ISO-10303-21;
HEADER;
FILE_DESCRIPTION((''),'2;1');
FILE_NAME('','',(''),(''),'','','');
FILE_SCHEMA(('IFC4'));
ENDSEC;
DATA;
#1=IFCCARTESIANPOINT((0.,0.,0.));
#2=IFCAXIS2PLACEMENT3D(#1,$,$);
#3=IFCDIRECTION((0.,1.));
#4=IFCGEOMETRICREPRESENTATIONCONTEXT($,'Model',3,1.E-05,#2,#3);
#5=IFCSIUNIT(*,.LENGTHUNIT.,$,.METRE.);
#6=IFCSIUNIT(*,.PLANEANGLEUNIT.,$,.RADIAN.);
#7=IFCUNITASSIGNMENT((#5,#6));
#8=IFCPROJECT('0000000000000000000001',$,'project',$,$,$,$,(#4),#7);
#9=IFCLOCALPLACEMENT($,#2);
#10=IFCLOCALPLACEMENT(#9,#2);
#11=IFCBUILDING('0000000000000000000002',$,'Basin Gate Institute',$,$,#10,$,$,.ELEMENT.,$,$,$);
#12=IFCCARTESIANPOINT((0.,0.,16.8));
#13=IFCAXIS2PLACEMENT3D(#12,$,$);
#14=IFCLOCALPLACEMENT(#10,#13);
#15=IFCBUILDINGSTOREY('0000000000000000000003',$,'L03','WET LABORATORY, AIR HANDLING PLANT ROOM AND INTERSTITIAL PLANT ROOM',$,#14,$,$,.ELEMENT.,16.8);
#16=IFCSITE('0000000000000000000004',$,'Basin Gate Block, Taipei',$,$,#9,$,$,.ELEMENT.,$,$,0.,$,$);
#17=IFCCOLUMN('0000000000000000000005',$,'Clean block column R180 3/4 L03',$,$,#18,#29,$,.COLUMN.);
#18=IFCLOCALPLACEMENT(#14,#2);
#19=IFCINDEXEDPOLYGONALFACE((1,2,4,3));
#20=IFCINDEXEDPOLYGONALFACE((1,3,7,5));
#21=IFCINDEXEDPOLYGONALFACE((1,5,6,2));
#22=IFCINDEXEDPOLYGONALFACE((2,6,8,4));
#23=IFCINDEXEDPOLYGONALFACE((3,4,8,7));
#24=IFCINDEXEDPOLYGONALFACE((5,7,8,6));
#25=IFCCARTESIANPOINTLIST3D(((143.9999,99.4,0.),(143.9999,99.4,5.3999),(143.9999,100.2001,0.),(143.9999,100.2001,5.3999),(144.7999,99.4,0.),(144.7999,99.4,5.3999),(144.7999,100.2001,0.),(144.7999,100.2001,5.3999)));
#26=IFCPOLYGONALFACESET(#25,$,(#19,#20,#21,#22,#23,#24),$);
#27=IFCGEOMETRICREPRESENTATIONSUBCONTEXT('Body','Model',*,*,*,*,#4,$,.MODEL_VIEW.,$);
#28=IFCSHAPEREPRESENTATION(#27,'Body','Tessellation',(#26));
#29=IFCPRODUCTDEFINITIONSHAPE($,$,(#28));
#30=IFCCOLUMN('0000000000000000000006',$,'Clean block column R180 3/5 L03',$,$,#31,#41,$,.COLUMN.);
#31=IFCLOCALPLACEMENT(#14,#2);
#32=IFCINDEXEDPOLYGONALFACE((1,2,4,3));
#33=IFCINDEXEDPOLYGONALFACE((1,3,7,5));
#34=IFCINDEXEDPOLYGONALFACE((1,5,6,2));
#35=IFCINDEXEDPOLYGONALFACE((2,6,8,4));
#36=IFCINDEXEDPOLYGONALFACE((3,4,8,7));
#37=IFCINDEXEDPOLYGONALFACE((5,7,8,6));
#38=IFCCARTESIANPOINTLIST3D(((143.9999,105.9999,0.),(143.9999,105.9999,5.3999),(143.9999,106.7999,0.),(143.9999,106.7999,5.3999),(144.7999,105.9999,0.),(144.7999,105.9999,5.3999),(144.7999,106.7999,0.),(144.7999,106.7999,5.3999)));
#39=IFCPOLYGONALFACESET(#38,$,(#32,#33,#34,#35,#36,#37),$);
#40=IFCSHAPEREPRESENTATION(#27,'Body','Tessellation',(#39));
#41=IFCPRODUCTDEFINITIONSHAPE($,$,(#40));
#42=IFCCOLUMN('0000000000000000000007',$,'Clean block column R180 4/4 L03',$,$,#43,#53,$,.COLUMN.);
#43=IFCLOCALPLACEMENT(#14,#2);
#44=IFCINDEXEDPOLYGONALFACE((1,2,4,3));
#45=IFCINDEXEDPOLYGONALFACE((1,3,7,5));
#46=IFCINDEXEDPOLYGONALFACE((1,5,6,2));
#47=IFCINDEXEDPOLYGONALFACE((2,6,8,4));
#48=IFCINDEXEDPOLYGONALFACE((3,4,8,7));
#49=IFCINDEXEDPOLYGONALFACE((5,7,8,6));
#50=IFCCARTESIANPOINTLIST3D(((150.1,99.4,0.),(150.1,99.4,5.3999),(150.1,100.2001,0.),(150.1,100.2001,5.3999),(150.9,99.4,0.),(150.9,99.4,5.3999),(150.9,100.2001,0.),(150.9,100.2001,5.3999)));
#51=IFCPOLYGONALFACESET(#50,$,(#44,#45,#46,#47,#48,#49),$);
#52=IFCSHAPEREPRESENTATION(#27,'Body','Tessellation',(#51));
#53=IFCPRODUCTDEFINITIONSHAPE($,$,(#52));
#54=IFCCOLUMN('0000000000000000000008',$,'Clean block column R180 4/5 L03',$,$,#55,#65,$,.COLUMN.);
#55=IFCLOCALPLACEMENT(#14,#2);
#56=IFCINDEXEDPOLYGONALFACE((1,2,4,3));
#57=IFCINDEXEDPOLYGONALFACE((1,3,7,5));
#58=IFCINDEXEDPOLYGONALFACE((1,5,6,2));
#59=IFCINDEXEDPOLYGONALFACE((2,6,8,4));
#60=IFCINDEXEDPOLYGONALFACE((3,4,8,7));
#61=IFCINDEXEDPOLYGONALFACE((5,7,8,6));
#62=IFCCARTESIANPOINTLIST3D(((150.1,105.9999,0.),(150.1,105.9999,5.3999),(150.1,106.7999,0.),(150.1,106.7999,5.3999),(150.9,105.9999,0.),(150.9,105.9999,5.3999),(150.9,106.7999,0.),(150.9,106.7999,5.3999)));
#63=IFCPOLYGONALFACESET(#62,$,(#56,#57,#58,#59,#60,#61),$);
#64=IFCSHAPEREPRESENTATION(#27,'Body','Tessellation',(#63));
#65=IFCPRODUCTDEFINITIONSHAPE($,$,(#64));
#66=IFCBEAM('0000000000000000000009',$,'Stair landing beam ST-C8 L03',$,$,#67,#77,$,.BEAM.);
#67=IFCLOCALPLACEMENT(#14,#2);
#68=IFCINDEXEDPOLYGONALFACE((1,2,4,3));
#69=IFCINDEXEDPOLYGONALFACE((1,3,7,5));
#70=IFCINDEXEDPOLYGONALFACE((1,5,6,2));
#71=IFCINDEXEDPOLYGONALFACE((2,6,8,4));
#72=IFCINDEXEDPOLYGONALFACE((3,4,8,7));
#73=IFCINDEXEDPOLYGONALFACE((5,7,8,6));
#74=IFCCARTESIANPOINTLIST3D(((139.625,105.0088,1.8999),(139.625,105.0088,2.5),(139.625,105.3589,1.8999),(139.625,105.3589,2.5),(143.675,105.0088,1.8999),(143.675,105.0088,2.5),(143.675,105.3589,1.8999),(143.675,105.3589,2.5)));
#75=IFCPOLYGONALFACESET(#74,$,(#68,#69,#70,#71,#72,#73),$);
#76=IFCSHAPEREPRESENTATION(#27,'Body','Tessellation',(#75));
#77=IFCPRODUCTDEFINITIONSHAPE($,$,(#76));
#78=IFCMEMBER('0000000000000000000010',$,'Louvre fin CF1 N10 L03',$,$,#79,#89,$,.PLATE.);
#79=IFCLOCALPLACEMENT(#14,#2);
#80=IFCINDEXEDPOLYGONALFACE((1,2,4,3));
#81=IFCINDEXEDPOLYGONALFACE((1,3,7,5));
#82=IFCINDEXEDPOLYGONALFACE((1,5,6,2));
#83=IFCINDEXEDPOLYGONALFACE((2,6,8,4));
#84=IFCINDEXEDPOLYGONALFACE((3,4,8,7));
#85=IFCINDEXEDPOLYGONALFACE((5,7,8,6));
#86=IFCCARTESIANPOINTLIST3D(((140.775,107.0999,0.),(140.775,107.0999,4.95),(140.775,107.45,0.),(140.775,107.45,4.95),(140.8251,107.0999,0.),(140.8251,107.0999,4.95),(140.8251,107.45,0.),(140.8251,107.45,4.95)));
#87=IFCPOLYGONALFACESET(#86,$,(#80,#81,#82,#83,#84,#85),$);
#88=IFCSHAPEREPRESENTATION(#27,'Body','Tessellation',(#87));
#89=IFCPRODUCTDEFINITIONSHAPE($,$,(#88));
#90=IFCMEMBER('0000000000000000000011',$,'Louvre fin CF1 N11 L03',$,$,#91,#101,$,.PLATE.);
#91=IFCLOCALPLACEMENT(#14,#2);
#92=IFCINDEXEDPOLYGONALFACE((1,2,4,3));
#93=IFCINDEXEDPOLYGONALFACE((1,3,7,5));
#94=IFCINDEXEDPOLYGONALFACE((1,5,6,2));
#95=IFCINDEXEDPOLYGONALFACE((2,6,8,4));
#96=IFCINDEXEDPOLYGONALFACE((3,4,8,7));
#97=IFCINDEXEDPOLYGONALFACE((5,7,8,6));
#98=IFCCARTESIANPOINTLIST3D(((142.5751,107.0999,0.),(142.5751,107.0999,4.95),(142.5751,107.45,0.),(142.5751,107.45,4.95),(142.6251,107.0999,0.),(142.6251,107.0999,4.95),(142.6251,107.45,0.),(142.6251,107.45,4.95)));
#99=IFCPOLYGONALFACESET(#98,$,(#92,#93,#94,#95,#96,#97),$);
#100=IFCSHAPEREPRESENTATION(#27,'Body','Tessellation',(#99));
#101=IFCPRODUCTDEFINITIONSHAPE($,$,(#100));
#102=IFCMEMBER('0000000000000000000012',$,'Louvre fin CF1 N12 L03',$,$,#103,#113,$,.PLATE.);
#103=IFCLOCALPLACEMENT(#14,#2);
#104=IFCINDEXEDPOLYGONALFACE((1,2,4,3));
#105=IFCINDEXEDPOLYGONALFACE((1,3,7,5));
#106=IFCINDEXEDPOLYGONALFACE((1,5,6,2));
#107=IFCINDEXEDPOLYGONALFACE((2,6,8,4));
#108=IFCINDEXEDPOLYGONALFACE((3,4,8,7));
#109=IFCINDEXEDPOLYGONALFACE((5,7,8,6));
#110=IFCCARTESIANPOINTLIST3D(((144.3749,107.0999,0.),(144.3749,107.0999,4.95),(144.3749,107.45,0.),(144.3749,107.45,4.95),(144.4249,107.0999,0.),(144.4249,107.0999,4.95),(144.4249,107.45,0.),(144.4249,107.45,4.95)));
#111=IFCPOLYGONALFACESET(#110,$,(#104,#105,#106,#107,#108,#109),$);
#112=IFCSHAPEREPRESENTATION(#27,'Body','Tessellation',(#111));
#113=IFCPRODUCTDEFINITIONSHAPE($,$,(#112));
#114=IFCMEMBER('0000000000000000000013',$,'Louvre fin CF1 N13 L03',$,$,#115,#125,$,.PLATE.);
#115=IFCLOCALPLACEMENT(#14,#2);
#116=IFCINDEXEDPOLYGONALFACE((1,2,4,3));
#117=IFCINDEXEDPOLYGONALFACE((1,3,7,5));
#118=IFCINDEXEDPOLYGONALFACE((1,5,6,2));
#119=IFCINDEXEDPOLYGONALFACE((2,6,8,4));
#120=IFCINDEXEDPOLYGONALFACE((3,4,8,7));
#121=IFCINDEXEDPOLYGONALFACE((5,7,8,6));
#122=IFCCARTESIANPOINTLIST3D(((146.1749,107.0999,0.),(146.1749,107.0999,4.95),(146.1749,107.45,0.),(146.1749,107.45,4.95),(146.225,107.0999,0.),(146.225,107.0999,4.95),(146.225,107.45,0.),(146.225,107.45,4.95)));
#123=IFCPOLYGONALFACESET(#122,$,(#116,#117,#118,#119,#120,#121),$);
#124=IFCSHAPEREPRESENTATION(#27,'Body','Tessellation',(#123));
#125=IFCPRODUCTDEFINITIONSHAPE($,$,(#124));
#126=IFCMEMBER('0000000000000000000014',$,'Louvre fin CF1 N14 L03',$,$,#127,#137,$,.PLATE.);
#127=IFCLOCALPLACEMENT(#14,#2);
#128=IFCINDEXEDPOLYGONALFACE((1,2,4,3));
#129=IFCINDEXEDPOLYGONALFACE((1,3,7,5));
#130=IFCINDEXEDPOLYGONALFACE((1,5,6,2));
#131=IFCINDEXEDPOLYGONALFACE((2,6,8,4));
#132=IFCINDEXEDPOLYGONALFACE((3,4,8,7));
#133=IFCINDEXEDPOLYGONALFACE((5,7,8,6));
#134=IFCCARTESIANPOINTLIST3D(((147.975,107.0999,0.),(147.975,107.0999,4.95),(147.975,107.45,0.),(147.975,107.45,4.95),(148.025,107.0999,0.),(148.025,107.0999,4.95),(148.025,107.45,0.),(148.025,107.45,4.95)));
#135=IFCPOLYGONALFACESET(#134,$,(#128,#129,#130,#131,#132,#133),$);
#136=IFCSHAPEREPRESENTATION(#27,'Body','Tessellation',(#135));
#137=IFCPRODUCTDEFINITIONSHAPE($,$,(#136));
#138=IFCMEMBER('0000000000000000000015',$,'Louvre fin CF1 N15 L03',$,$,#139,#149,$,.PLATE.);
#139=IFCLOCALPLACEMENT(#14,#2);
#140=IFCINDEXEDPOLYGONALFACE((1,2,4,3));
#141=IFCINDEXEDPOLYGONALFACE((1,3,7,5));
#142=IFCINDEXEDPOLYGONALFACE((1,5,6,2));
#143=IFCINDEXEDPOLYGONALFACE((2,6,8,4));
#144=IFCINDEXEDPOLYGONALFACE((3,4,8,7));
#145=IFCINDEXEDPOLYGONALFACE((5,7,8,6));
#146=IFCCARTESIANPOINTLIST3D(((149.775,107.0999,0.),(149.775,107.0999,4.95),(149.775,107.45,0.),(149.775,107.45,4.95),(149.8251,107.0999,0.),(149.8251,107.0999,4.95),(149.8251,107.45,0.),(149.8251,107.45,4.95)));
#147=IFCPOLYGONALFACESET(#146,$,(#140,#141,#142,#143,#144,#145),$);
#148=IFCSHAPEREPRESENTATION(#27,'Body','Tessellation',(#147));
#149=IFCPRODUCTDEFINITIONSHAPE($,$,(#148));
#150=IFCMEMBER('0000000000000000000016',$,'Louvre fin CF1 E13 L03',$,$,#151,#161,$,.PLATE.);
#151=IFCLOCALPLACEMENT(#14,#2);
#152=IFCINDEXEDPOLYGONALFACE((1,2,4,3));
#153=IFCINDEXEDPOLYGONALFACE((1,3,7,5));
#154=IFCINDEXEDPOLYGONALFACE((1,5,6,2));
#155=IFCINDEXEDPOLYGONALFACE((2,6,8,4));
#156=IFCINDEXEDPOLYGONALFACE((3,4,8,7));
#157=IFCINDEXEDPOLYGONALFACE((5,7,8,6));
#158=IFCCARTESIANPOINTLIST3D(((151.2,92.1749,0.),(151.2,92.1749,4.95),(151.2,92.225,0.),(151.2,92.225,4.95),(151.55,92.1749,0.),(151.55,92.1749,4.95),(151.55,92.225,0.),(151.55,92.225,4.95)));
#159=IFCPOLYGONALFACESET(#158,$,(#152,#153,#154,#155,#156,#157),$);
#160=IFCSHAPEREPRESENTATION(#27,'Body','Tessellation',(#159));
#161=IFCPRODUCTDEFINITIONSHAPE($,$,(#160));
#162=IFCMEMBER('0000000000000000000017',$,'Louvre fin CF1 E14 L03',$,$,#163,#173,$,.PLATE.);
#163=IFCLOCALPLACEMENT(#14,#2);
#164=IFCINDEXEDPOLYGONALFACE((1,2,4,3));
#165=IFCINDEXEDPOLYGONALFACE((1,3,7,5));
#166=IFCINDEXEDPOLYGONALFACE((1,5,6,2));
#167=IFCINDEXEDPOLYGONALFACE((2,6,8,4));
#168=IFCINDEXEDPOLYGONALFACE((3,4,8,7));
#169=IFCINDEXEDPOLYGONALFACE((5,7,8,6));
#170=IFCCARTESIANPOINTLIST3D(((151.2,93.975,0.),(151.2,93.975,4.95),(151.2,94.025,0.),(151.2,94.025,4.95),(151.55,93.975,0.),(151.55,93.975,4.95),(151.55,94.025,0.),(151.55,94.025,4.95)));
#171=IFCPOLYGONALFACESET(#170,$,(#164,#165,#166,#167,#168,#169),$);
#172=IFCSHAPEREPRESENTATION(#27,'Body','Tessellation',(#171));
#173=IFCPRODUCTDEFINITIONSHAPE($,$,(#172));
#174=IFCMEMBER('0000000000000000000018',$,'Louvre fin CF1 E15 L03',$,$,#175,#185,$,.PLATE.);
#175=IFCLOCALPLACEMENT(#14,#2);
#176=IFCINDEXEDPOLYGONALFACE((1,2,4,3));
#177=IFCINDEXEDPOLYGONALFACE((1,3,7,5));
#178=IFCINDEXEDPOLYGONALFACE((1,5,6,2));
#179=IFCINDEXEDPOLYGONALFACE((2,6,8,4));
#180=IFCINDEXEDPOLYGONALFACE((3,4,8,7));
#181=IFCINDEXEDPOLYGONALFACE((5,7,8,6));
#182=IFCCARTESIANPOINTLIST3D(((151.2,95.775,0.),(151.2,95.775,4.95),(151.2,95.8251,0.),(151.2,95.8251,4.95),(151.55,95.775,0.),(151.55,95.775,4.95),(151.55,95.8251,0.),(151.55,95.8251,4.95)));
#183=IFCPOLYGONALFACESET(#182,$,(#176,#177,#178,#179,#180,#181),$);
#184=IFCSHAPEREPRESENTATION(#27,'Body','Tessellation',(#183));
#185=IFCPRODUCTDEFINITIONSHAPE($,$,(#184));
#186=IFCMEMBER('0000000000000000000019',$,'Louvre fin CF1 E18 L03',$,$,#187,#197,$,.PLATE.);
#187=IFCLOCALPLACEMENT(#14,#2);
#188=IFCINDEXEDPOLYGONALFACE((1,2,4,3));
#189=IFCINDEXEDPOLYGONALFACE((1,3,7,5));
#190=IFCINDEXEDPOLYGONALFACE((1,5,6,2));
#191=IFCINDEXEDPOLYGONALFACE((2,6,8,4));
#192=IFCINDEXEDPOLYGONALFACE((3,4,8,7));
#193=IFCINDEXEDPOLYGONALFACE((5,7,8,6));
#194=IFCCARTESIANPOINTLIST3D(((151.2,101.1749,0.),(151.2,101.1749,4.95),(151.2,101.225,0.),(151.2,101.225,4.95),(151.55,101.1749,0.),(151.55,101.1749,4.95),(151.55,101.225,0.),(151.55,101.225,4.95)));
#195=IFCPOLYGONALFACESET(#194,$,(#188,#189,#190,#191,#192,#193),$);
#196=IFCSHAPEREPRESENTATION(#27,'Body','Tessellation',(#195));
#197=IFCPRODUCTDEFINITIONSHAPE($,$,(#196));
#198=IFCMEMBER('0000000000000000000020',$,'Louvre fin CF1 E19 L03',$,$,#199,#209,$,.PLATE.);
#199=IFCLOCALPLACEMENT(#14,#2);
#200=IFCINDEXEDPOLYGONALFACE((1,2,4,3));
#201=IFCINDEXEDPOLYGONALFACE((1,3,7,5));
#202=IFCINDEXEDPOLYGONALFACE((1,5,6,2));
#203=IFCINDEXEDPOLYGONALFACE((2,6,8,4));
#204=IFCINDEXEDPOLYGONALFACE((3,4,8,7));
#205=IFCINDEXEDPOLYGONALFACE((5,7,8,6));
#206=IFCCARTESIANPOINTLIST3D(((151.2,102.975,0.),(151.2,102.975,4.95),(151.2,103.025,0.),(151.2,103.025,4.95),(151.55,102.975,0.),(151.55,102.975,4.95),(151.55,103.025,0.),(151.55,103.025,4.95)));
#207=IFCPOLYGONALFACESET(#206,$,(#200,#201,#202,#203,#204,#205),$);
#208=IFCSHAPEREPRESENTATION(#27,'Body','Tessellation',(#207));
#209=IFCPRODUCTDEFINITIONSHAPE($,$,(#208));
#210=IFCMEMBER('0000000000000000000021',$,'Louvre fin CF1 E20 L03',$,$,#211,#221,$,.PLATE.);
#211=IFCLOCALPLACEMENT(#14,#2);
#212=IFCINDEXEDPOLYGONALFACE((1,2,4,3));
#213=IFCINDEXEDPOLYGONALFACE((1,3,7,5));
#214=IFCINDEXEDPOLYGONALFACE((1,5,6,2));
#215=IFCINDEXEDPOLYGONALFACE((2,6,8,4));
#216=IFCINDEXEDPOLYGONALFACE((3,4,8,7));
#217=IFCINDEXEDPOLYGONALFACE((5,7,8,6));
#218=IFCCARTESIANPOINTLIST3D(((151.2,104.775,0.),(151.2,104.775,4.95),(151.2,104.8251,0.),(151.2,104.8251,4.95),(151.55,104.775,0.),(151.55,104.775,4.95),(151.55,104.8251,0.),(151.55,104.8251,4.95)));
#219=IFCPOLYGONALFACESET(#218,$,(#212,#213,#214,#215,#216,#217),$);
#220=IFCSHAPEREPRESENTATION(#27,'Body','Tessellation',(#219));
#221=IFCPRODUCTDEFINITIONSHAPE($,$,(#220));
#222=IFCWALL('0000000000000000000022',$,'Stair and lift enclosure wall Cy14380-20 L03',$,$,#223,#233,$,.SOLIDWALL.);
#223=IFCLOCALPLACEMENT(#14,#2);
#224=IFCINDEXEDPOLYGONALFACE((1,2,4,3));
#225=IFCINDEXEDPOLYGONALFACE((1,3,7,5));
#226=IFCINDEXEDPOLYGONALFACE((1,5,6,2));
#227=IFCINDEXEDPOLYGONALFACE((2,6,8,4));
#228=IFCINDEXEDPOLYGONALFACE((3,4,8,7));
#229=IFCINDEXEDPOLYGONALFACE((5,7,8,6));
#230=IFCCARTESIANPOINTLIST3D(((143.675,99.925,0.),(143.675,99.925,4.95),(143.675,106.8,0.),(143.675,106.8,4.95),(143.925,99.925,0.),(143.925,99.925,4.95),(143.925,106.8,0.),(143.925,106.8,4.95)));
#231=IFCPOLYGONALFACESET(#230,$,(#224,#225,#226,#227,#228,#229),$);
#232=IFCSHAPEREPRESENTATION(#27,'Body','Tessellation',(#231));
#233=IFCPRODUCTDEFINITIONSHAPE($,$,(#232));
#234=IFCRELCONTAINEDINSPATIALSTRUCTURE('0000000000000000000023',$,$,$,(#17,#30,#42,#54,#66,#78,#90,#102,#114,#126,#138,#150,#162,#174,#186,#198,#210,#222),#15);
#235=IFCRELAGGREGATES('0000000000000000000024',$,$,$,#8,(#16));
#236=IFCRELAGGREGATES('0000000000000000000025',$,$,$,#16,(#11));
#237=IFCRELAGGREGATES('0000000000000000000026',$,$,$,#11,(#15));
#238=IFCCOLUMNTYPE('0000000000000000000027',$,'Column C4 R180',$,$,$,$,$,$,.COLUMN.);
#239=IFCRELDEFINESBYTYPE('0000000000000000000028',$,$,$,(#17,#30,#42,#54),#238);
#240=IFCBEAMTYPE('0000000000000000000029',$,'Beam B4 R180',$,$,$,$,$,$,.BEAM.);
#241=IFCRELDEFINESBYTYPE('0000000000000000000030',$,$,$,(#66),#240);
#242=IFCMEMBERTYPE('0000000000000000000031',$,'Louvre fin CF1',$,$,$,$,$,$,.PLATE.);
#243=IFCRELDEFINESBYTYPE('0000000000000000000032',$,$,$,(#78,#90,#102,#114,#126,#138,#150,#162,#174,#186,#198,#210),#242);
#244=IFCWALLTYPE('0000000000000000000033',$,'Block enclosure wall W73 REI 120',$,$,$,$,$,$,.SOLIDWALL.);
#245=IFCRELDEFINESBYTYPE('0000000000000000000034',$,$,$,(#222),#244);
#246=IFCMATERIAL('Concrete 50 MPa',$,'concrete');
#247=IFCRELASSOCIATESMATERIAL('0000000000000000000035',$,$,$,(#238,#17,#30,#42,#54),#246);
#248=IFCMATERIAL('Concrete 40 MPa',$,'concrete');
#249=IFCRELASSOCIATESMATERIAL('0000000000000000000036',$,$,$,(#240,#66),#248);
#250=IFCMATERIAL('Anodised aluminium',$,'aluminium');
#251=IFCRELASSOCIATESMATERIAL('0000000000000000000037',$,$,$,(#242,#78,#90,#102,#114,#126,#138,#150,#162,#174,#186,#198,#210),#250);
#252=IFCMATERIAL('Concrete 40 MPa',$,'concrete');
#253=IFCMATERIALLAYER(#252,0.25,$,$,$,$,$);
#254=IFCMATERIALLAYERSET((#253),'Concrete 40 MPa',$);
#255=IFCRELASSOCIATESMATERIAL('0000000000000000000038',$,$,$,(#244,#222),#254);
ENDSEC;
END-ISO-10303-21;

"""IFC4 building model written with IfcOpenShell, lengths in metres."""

from ifc_helpers import new_model, si_unit, direction, frame, frame_2d, origin, origin_2d, place, context, subcontext, project, spatial, rectangle, extrude, material, layer, layer_set, material_profile, profile_set, type_object, element, save


model = new_model("IFC4")

# Units and contexts
model_context = context("Model", 3, precision=1e-05, world=origin(), true_north=direction((0.0, 1.0)))
body_context = subcontext(model_context, "Body", "Model", "MODEL_VIEW")
ifc_project = project(units=[si_unit("LENGTHUNIT", "METRE"), si_unit("PLANEANGLEUNIT", "RADIAN")], contexts=[model_context])

# Site, building, storey
site_placement = place(None, origin())
site = spatial("IfcSite", under=ifc_project, at=site_placement, Name="Basin Gate Block, Taipei", CompositionType="ELEMENT", RefElevation=0.0)
building_placement = place(site_placement, origin())
building = spatial("IfcBuilding", under=site, at=building_placement, Name="Basin Gate Institute", CompositionType="ELEMENT")
storey_placement = place(building_placement, frame((0.0, 0.0, 16.8)))
storey = spatial("IfcBuildingStorey", under=building, at=storey_placement, Name="L03", Description="WET LABORATORY, AIR HANDLING PLANT ROOM AND INTERSTITIAL PLANT ROOM", CompositionType="ELEMENT", Elevation=16.8)

# Columns
ifc_material_1 = material(Name="Concrete 50 MPa", Category="concrete")
ifc_material_profile_1 = material_profile(ifc_material_1, rectangle(XDim=0.8, YDim=0.8, at=origin_2d()), Name="Column C4 800 x 800")
ifc_profile_set_1 = profile_set([ifc_material_profile_1], Name="Concrete 50 MPa")
column_type = type_object("IfcColumnType", Name="Column C4 R180", PredefinedType="COLUMN", material=ifc_profile_set_1)
for number, where, z_axis, x_axis, name in (
    (1, (144.3999, 99.8, 0.0), (0.0, 0.0, 1.0), (1.0, 0.0, 0.0), "Clean block column R180 3/4 L03"),
    (2, (144.3999, 106.3999, 0.0), (0.0, 0.0, 1.0), (1.0, 0.0, 0.0), "Clean block column R180 3/5 L03"),
    (3, (150.5, 99.8, 0.0), (0.0, 0.0, 1.0), (1.0, 0.0, 0.0), "Clean block column R180 4/4 L03"),
    (4, (150.5, 106.3999, 0.0), (0.0, 0.0, 1.0), (1.0, 0.0, 0.0), "Clean block column R180 4/5 L03"),
):
    element("IfcColumn", number, at=place(storey_placement, frame(where, z_axis=z_axis, x_axis=x_axis)), inside=storey, type_object=column_type, material=ifc_profile_set_1, Name=name, PredefinedType="COLUMN", context=body_context, shape_type="SweptSolid", body=[
        extrude(rectangle(XDim=0.8, YDim=0.8, at=origin_2d()), origin(), (0.0, 0.0, 1.0), 5.3999),
    ])

# Beam
ifc_material_2 = material(Name="Concrete 40 MPa", Category="concrete")
ifc_material_profile_2 = material_profile(ifc_material_2, rectangle(XDim=0.3501, YDim=0.6001, at=origin_2d()), Name="Beam B4 350 x 600")
ifc_profile_set_2 = profile_set([ifc_material_profile_2], Name="Concrete 40 MPa")
beam_type = type_object("IfcBeamType", Name="Beam B4 R180", PredefinedType="BEAM", material=ifc_profile_set_2)
beam_placement = place(storey_placement, frame((139.625, 105.1838, 2.2), z_axis=(1.0, 0.0, 0.0), x_axis=(0.0, 1.0, 0.0)))
element("IfcBeam", 5, at=beam_placement, inside=storey, type_object=beam_type, material=ifc_profile_set_2, Name="Stair landing beam ST-C8 L03", PredefinedType="BEAM", context=body_context, shape_type="SweptSolid", body=[
    extrude(rectangle(XDim=0.3501, YDim=0.6001, at=origin_2d()), origin(), (0.0, 0.0, 1.0), 4.05),
])

# Members
ifc_material_3 = material(Name="Anodised aluminium", Category="aluminium")
ifc_material_profile_3 = material_profile(ifc_material_3, rectangle(XDim=0.05, YDim=0.3501, at=origin_2d()), Name="Louvre fin CF1 50 x 350")
ifc_profile_set_3 = profile_set([ifc_material_profile_3], Name="Anodised aluminium")
member_type = type_object("IfcMemberType", Name="Louvre fin CF1", PredefinedType="PLATE", material=ifc_profile_set_3)
for number, where, z_axis, x_axis, name in (
    (6, (140.8, 107.2749, 0.0), (0.0, 0.0, 1.0), (1.0, 0.0, 0.0), "Louvre fin CF1 N10 L03"),
    (7, (142.6001, 107.2749, 0.0), (0.0, 0.0, 1.0), (1.0, 0.0, 0.0), "Louvre fin CF1 N11 L03"),
    (8, (144.3999, 107.2749, 0.0), (0.0, 0.0, 1.0), (1.0, 0.0, 0.0), "Louvre fin CF1 N12 L03"),
    (9, (146.2, 107.2749, 0.0), (0.0, 0.0, 1.0), (1.0, 0.0, 0.0), "Louvre fin CF1 N13 L03"),
    (10, (148.0, 107.2749, 0.0), (0.0, 0.0, 1.0), (1.0, 0.0, 0.0), "Louvre fin CF1 N14 L03"),
    (11, (149.8, 107.2749, 0.0), (0.0, 0.0, 1.0), (1.0, 0.0, 0.0), "Louvre fin CF1 N15 L03"),
    (12, (151.375, 92.2, 0.0), (0.0, 0.0, 1.0), (0.0, 1.0, 0.0), "Louvre fin CF1 E13 L03"),
    (13, (151.375, 94.0, 0.0), (0.0, 0.0, 1.0), (0.0, 1.0, 0.0), "Louvre fin CF1 E14 L03"),
    (14, (151.375, 95.8, 0.0), (0.0, 0.0, 1.0), (0.0, 1.0, 0.0), "Louvre fin CF1 E15 L03"),
    (15, (151.375, 101.2, 0.0), (0.0, 0.0, 1.0), (0.0, 1.0, 0.0), "Louvre fin CF1 E18 L03"),
    (16, (151.375, 103.0, 0.0), (0.0, 0.0, 1.0), (0.0, 1.0, 0.0), "Louvre fin CF1 E19 L03"),
    (17, (151.375, 104.8, 0.0), (0.0, 0.0, 1.0), (0.0, 1.0, 0.0), "Louvre fin CF1 E20 L03"),
):
    element("IfcMember", number, at=place(storey_placement, frame(where, z_axis=z_axis, x_axis=x_axis)), inside=storey, type_object=member_type, material=ifc_profile_set_3, Name=name, PredefinedType="PLATE", context=body_context, shape_type="SweptSolid", body=[
        extrude(rectangle(XDim=0.05, YDim=0.3501, at=origin_2d()), origin(), (0.0, 0.0, 1.0), 4.95),
    ])

# Wall
ifc_material_4 = material(Name="Concrete 40 MPa", Category="concrete")
ifc_layer_1 = layer(ifc_material_4, 0.25)
ifc_layer_set_1 = layer_set([ifc_layer_1], Name="Concrete 40 MPa")
wall_type_1 = type_object("IfcWallType", Name="Block enclosure wall W73 REI 120", PredefinedType="SOLIDWALL", material=ifc_layer_set_1)
wall_1_placement = place(storey_placement, frame((143.8, 99.925, 0.0), z_axis=(0.0, 0.0, 1.0), x_axis=(0.0, 1.0, 0.0)))
element("IfcWall", 18, at=wall_1_placement, inside=storey, type_object=wall_type_1, material=ifc_layer_set_1, Name="Stair and lift enclosure wall Cy14380-20 L03", PredefinedType="SOLIDWALL", context=body_context, shape_type="SweptSolid", body=[
    extrude(rectangle(XDim=6.875, YDim=0.25, at=frame_2d((3.4375, 0.0))), origin(), (0.0, 0.0, 1.0), 4.95),
])

save(model, "model.ifc")
